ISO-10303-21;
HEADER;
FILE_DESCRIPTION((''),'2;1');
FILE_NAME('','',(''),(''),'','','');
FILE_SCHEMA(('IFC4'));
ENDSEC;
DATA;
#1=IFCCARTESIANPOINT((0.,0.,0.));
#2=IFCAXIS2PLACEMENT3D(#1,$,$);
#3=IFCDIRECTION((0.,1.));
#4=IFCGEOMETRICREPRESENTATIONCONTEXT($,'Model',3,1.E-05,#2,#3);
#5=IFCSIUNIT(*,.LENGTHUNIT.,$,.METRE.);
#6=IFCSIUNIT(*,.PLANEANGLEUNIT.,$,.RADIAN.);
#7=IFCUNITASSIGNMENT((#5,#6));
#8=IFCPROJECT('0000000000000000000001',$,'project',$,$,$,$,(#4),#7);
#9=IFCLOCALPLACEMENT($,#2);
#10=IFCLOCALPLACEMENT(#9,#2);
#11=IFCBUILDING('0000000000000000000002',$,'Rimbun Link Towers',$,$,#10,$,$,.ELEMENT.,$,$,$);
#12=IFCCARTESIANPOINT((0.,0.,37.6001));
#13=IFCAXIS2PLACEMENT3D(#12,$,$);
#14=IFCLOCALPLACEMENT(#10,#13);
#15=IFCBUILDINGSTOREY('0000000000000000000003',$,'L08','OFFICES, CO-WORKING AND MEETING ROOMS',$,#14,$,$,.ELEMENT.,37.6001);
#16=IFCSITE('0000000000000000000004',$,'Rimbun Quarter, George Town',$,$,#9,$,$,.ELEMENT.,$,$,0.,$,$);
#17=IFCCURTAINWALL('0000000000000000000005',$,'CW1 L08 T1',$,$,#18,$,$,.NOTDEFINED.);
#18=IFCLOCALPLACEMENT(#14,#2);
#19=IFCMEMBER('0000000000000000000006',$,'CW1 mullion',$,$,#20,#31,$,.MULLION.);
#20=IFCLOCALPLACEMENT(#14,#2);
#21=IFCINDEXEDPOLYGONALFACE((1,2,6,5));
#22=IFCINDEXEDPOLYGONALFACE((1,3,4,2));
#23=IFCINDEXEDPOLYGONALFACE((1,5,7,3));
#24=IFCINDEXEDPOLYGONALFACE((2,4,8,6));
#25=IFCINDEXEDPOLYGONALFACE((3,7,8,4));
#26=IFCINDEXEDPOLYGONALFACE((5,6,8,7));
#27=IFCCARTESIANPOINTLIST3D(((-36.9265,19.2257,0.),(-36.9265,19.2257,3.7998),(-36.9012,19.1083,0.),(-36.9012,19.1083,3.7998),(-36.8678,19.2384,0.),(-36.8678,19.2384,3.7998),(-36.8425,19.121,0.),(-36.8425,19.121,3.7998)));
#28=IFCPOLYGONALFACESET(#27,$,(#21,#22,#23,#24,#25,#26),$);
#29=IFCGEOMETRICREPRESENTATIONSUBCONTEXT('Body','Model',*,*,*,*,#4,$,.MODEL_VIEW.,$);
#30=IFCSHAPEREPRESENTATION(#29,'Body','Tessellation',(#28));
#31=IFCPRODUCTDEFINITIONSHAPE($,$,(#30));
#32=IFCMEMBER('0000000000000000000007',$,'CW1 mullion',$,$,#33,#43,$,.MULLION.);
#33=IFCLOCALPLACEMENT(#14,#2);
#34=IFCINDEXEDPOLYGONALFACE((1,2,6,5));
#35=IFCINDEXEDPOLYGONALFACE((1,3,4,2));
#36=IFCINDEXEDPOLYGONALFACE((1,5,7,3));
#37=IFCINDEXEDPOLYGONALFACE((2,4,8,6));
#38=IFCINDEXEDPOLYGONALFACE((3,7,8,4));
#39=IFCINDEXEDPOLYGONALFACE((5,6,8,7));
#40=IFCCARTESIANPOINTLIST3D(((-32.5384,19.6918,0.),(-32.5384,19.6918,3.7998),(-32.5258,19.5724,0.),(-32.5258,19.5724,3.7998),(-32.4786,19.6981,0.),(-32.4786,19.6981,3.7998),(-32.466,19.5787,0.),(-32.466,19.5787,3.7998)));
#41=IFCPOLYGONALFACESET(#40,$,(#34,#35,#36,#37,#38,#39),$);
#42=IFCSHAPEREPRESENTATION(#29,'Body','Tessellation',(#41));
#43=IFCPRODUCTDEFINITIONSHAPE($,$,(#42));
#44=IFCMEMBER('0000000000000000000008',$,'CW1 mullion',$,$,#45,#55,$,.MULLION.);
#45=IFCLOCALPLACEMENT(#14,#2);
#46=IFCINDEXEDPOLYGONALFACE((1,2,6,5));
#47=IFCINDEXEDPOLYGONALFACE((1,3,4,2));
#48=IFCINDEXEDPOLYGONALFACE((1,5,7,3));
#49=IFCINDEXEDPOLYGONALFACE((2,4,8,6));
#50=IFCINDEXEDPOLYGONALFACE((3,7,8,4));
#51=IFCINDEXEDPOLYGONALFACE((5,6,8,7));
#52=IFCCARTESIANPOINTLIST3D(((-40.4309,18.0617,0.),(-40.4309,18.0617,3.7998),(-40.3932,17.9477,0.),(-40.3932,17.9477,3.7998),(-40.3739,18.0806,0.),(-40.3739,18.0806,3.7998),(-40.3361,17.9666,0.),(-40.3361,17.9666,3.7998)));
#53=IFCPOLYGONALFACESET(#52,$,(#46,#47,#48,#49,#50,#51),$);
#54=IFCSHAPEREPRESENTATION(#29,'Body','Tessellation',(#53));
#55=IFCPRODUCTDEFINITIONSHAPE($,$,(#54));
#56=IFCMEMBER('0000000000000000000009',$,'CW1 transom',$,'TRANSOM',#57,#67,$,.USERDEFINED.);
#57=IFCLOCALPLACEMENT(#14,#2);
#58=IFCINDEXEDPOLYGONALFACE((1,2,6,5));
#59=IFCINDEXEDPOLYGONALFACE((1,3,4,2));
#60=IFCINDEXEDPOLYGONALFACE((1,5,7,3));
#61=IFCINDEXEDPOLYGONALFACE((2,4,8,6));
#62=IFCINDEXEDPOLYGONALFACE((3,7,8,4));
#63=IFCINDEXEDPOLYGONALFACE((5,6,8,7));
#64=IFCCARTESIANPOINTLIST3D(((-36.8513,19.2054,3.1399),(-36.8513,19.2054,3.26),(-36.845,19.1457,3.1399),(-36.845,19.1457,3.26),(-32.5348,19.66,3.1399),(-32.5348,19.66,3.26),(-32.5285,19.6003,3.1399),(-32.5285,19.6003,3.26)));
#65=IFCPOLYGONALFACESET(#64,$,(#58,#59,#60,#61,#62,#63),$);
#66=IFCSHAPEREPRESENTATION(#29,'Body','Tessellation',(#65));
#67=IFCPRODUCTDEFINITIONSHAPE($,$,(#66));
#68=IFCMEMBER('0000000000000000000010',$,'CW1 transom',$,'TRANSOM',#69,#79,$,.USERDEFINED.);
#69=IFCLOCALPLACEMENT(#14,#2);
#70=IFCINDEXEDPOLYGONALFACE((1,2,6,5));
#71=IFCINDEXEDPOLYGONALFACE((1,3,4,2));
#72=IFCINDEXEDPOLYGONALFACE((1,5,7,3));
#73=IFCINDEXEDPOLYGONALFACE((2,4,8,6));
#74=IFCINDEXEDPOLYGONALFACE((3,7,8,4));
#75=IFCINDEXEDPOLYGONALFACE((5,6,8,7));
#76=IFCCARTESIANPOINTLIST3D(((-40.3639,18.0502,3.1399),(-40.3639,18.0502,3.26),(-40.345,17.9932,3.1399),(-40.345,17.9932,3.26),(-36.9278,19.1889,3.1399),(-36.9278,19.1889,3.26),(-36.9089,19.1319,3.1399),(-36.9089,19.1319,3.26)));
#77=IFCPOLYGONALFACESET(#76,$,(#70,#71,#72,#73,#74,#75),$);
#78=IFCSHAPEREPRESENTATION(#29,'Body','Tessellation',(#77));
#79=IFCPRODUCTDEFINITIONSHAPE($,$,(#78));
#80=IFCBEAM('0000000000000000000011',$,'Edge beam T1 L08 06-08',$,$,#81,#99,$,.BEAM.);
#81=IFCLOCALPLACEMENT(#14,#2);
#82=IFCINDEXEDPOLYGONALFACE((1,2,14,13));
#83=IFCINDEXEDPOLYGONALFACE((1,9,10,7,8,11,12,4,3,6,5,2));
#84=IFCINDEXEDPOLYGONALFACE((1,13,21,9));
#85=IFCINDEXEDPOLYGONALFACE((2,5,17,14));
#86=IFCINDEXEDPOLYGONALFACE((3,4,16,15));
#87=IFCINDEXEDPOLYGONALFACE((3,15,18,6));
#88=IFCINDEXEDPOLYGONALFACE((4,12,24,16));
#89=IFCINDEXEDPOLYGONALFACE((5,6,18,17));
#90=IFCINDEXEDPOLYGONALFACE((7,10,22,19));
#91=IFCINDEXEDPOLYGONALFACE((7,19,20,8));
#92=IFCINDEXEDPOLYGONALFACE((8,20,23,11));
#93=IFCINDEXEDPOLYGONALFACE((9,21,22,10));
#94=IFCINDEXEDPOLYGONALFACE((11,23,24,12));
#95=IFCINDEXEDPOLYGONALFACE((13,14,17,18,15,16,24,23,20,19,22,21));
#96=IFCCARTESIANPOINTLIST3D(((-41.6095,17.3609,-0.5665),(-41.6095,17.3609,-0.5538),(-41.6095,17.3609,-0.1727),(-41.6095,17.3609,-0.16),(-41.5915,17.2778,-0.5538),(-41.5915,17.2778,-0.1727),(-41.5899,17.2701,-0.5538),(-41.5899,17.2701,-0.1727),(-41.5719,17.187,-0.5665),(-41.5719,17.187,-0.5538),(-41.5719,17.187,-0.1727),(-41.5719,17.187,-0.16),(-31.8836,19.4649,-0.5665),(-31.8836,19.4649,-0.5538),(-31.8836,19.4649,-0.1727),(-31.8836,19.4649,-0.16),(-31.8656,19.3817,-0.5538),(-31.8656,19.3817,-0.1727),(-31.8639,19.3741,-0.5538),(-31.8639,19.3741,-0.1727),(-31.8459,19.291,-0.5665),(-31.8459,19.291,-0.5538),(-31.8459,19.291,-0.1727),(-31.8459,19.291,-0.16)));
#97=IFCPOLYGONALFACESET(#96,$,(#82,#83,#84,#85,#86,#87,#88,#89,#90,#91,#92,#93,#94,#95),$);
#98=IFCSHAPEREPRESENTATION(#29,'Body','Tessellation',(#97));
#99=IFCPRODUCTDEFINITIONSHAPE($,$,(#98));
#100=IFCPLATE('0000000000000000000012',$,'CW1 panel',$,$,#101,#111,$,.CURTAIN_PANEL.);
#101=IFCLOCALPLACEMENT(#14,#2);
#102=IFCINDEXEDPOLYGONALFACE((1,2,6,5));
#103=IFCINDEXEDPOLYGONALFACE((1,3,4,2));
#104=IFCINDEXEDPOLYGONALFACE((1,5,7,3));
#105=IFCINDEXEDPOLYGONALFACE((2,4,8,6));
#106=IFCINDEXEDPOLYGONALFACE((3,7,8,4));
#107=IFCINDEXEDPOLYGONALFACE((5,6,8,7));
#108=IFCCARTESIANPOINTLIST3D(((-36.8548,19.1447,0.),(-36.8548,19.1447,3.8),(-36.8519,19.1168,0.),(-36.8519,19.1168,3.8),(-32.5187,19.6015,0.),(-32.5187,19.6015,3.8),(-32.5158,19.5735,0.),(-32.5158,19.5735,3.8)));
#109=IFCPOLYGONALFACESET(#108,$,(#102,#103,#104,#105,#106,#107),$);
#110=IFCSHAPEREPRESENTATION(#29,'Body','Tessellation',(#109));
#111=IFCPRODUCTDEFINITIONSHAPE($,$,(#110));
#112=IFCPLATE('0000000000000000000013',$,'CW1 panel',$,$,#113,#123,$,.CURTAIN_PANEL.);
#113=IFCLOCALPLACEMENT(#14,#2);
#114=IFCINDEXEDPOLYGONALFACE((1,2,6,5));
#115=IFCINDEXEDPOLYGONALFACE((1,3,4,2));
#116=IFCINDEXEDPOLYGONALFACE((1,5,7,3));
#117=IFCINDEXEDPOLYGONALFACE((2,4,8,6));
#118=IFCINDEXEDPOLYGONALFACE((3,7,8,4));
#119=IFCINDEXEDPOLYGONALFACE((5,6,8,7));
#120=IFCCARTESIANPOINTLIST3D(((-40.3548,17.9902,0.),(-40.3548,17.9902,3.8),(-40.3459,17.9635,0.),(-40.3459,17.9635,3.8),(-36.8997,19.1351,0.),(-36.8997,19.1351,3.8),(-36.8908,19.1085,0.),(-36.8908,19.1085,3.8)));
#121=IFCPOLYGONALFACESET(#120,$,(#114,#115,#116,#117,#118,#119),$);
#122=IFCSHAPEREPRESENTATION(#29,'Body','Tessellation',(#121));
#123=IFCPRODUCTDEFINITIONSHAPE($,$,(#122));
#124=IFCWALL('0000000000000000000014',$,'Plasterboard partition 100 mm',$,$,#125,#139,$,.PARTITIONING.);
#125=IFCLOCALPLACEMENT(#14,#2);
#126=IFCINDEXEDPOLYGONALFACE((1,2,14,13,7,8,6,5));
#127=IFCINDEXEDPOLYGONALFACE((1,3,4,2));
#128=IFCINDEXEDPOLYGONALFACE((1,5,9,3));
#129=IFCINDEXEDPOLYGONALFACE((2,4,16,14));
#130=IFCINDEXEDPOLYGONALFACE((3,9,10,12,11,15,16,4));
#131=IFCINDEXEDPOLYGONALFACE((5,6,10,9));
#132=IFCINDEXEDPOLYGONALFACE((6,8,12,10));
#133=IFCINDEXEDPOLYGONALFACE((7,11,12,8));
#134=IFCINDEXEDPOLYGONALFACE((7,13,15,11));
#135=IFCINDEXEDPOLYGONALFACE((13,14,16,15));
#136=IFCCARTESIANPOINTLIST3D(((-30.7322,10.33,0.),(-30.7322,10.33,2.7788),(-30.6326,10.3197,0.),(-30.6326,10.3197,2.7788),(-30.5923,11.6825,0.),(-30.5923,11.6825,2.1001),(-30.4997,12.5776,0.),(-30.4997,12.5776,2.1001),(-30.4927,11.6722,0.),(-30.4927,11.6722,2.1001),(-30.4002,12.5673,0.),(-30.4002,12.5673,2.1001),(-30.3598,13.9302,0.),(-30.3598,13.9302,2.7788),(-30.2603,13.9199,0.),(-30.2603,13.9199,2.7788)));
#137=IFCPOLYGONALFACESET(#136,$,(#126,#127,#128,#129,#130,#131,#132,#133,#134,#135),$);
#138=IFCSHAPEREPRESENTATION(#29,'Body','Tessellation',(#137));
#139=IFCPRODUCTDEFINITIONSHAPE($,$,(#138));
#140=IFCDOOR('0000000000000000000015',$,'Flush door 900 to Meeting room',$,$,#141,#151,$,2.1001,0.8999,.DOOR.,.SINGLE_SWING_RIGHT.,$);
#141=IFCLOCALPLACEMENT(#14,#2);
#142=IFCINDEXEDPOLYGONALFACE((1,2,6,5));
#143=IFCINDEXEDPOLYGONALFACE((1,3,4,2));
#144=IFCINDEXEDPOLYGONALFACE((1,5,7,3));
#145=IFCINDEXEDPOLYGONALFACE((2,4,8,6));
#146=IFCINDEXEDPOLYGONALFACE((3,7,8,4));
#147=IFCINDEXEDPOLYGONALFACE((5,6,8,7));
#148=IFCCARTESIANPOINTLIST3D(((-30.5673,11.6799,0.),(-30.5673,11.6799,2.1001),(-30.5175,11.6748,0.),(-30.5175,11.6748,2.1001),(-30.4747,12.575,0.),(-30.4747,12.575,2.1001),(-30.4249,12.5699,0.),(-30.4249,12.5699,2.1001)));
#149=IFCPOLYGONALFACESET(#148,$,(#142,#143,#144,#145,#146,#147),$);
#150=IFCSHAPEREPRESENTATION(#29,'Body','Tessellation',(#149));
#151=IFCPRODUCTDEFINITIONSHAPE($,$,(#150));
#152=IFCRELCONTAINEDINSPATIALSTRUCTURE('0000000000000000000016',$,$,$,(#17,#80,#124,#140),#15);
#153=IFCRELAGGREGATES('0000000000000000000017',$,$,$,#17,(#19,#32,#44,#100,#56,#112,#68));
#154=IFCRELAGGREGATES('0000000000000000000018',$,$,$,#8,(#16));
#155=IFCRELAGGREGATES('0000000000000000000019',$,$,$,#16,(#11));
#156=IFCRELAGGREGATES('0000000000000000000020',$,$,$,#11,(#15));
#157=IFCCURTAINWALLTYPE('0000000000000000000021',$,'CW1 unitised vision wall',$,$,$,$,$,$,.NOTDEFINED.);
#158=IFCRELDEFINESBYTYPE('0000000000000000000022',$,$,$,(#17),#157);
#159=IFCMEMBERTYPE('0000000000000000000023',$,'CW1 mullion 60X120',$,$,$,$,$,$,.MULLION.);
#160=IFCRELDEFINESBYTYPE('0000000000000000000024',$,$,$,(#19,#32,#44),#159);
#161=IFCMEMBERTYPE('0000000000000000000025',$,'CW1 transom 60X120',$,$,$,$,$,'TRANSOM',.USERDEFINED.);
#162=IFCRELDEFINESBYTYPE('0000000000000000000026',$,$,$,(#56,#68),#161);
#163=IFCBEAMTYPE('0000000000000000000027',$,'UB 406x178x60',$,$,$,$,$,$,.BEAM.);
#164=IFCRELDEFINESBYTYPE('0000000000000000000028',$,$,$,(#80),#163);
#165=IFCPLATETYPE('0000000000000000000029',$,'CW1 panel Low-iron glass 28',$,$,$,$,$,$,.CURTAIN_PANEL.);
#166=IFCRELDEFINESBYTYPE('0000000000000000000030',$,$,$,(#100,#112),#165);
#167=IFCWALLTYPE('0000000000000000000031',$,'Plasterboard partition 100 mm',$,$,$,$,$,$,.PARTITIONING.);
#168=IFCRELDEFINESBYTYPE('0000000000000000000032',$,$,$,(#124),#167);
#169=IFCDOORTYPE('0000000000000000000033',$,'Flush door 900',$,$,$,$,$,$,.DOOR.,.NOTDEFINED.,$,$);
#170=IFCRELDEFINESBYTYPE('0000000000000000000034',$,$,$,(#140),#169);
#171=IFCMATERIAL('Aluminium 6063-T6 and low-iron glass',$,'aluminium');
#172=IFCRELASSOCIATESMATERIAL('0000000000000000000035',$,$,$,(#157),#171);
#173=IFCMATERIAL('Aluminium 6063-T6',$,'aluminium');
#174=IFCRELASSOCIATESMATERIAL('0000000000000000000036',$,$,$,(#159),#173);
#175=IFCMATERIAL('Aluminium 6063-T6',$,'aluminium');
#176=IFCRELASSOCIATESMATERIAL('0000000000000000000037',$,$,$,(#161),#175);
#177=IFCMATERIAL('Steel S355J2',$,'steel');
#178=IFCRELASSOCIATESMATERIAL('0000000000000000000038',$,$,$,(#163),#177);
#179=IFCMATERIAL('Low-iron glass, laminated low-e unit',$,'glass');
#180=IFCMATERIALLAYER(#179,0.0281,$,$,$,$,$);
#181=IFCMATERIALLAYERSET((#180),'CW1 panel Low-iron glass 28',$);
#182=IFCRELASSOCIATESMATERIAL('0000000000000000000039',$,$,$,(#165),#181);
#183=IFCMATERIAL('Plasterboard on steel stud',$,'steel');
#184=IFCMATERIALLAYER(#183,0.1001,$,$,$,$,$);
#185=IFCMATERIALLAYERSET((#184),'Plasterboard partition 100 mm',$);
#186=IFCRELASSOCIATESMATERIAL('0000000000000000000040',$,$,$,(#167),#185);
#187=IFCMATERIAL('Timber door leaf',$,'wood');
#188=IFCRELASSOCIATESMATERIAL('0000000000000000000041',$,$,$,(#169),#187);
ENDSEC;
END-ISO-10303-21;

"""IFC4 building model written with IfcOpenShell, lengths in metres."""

from ifc_helpers import new_model, si_unit, direction, frame, frame_2d, origin, origin_2d, place, context, subcontext, project, spatial, rectangle, i_section, extrude, material, layer, layer_set, material_profile, profile_set, type_object, element, fill, aggregate, save


model = new_model("IFC4")

# Units and contexts
model_context = context("Model", 3, precision=1e-05, world=origin(), true_north=direction((0.0, 1.0)))
body_context = subcontext(model_context, "Body", "Model", "MODEL_VIEW")
ifc_project = project(units=[si_unit("LENGTHUNIT", "METRE"), si_unit("PLANEANGLEUNIT", "RADIAN")], contexts=[model_context])

# Site, building, storey
site_placement = place(None, origin())
site = spatial("IfcSite", under=ifc_project, at=site_placement, Name="Rimbun Quarter, George Town", CompositionType="ELEMENT", RefElevation=0.0)
building_placement = place(site_placement, origin())
building = spatial("IfcBuilding", under=site, at=building_placement, Name="Rimbun Link Towers", CompositionType="ELEMENT")
storey_placement = place(building_placement, frame((0.0, 0.0, 37.6001)))
storey = spatial("IfcBuildingStorey", under=building, at=storey_placement, Name="L08", Description="OFFICES, CO-WORKING AND MEETING ROOMS", CompositionType="ELEMENT", Elevation=37.6001)

# Curtain wall, members
ifc_material_1 = material(Name="Aluminium 6063-T6 and low-iron glass", Category="aluminium")
curtain_wall_type = type_object("IfcCurtainWallType", Name="CW1 unitised vision wall", PredefinedType="NOTDEFINED", material=ifc_material_1)
curtain_wall_placement = place(storey_placement, origin())
curtain_wall = element("IfcCurtainWall", 1, at=curtain_wall_placement, inside=storey, type_object=curtain_wall_type, Name="CW1 L08 T1", PredefinedType="NOTDEFINED")
ifc_material_2 = material(Name="Aluminium 6063-T6", Category="aluminium")
ifc_material_profile_1 = material_profile(ifc_material_2, rectangle(XDim=0.1201, YDim=0.0601, at=origin_2d()), Name="MULLION 60X120")
ifc_profile_set_1 = profile_set([ifc_material_profile_1], Name="Aluminium 6063-T6")
member_type_1 = type_object("IfcMemberType", Name="CW1 mullion 60X120", PredefinedType="MULLION", material=ifc_profile_set_1)
member_1_placement = place(storey_placement, frame((-36.8845, 19.1733, 0.0), z_axis=(0.0, 0.0, 1.0), x_axis=(-0.210877, 0.977513, 0.0)))
member_1 = element("IfcMember", 2, at=member_1_placement, type_object=member_type_1, Name="CW1 mullion", PredefinedType="MULLION", context=body_context, shape_type="SweptSolid", body=[
    extrude(rectangle(XDim=0.1201, YDim=0.0601, at=origin_2d()), origin(), (0.0, 0.0, 1.0), 3.7998),
])
member_2_placement = place(storey_placement, frame((-32.5022, 19.6353, 0.0), z_axis=(0.0, 0.0, 1.0), x_axis=(-0.104755, 0.994498, 0.0)))
member_2 = element("IfcMember", 3, at=member_2_placement, type_object=member_type_1, Name="CW1 mullion", PredefinedType="MULLION", context=body_context, shape_type="SweptSolid", body=[
    extrude(rectangle(XDim=0.1201, YDim=0.0601, at=origin_2d()), origin(), (0.0, 0.0, 1.0), 3.7998),
])
member_3_placement = place(storey_placement, frame((-40.3835, 18.0142, 0.0), z_axis=(0.0, 0.0, 1.0), x_axis=(-0.314564, 0.949236, 0.0)))
member_3 = element("IfcMember", 4, at=member_3_placement, type_object=member_type_1, Name="CW1 mullion", PredefinedType="MULLION", context=body_context, shape_type="SweptSolid", body=[
    extrude(rectangle(XDim=0.1201, YDim=0.0601, at=origin_2d()), origin(), (0.0, 0.0, 1.0), 3.7998),
])
ifc_material_3 = material(Name="Aluminium 6063-T6", Category="aluminium")
ifc_material_profile_2 = material_profile(ifc_material_3, rectangle(XDim=0.0601, YDim=0.1201, at=origin_2d()), Name="TRANSOM 60X120")
ifc_profile_set_2 = profile_set([ifc_material_profile_2], Name="Aluminium 6063-T6")
member_type_2 = type_object("IfcMemberType", Name="CW1 transom 60X120", ElementType="TRANSOM", PredefinedType="USERDEFINED", material=ifc_profile_set_2)
member_4_placement = place(storey_placement, frame((-36.8481, 19.1755, 3.2), z_axis=(0.9945, 0.104737, 0.0), x_axis=(-0.104737, 0.9945, 0.0)))
member_4 = element("IfcMember", 5, at=member_4_placement, type_object=member_type_2, Name="CW1 transom", ObjectType="TRANSOM", PredefinedType="USERDEFINED", context=body_context, shape_type="SweptSolid", body=[
    extrude(rectangle(XDim=0.0601, YDim=0.1201, at=origin_2d()), origin(), (0.0, 0.0, 1.0), 4.3403),
])
member_5_placement = place(storey_placement, frame((-40.3545, 18.0217, 3.2), z_axis=(0.949235, 0.314568, 0.0), x_axis=(-0.314568, 0.949235, 0.0)))
member_5 = element("IfcMember", 6, at=member_5_placement, type_object=member_type_2, Name="CW1 transom", ObjectType="TRANSOM", PredefinedType="USERDEFINED", context=body_context, shape_type="SweptSolid", body=[
    extrude(rectangle(XDim=0.0601, YDim=0.1201, at=origin_2d()), origin(), (0.0, 0.0, 1.0), 3.6199),
])

# Beam
ifc_material_4 = material(Name="Steel S355J2", Category="steel")
ifc_material_profile_3 = material_profile(ifc_material_4, i_section(OverallWidth=0.178, OverallDepth=0.4065, WebThickness=0.0078, FlangeThickness=0.0127, at=origin_2d()), Name="UB 406x178x60")
ifc_profile_set_3 = profile_set([ifc_material_profile_3], Name="Steel S355J2")
beam_type = type_object("IfcBeamType", Name="UB 406x178x60", PredefinedType="BEAM", material=ifc_profile_set_3)
beam_placement = place(storey_placement, frame((-31.8647, 19.3779, -0.3633), z_axis=(-0.977392, -0.211435, 0.0), x_axis=(0.211435, -0.977392, 0.0)))
element("IfcBeam", 7, at=beam_placement, inside=storey, type_object=beam_type, Name="Edge beam T1 L08 06-08", PredefinedType="BEAM", context=body_context, shape_type="SweptSolid", body=[
    extrude(i_section(OverallWidth=0.178, OverallDepth=0.4065, WebThickness=0.0078, FlangeThickness=0.0127, at=origin_2d()), origin(), (0.0, 0.0, 1.0), 9.9509),
])

# Plates
ifc_material_5 = material(Name="Low-iron glass, laminated low-e unit", Category="glass")
ifc_layer_1 = layer(ifc_material_5, 0.0281)
ifc_layer_set_1 = layer_set([ifc_layer_1], Name="CW1 panel Low-iron glass 28")
plate_type = type_object("IfcPlateType", Name="CW1 panel Low-iron glass 28", PredefinedType="CURTAIN_PANEL", material=ifc_layer_set_1)
plate_1_placement = place(storey_placement, frame((-34.6853, 19.3591, 0.0), z_axis=(0.0, 0.0, 1.0), x_axis=(0.994498, 0.104755, 0.0)))
plate_1 = element("IfcPlate", 8, at=plate_1_placement, type_object=plate_type, Name="CW1 panel", PredefinedType="CURTAIN_PANEL", context=body_context, shape_type="SweptSolid", body=[
    extrude(rectangle(XDim=4.3601, YDim=0.0281, at=origin_2d()), origin(), (0.0, 0.0, 1.0), 3.8),
])
plate_2_placement = place(storey_placement, frame((-38.6228, 18.5493, 0.0), z_axis=(0.0, 0.0, 1.0), x_axis=(0.949236, 0.314564, 0.0)))
plate_2 = element("IfcPlate", 9, at=plate_2_placement, type_object=plate_type, Name="CW1 panel", PredefinedType="CURTAIN_PANEL", context=body_context, shape_type="SweptSolid", body=[
    extrude(rectangle(XDim=3.6399, YDim=0.0281, at=origin_2d()), origin(), (0.0, 0.0, 1.0), 3.8),
])
aggregate(curtain_wall, [member_1, member_2, member_3, plate_1, member_4, plate_2, member_5])

# Wall, opening, door
ifc_material_6 = material(Name="Plasterboard on steel stud", Category="steel")
ifc_layer_2 = layer(ifc_material_6, 0.1001)
ifc_layer_set_2 = layer_set([ifc_layer_2], Name="Plasterboard partition 100 mm")
wall_type = type_object("IfcWallType", Name="Plasterboard partition 100 mm", PredefinedType="PARTITIONING", material=ifc_layer_set_2)
wall_1_placement = place(storey_placement, frame((-30.6824, 10.325, 0.0), z_axis=(0.0, 0.0, 1.0), x_axis=(0.102869, 0.994695, 0.0)))
wall_1 = element("IfcWall", 10, at=wall_1_placement, inside=storey, type_object=wall_type, Name="Plasterboard partition 100 mm", PredefinedType="PARTITIONING", context=body_context, shape_type="SweptSolid", body=[
    extrude(rectangle(XDim=3.6194, YDim=0.1001, at=frame_2d((1.8096, 0.0))), origin(), (0.0, 0.0, 1.0), 2.7788),
])
opening_1_placement = place(wall_1_placement, frame((1.3596, 0.0, 0.0)))
opening_1 = element("IfcOpeningElement", 11, at=opening_1_placement, cuts=wall_1, PredefinedType="OPENING", context=body_context, shape_type="SweptSolid", body=[
    extrude(rectangle(XDim=0.8999, YDim=2.1001, at=frame_2d((0.45, 1.05))), frame((0.0, 0.0601, 0.0), z_axis=(0.0, -1.0, 0.0), x_axis=(1.0, 0.0, 0.0)), (0.0, 0.0, 1.0), 0.1201),
])
ifc_material_7 = material(Name="Timber door leaf", Category="wood")
door_type_1 = type_object("IfcDoorType", Name="Flush door 900", OperationType="NOTDEFINED", PredefinedType="DOOR", material=ifc_material_7)
door_1_placement = place(opening_1_placement, origin())
door_1 = element("IfcDoor", 12, at=door_1_placement, inside=storey, type_object=door_type_1, Name="Flush door 900 to Meeting room", OperationType="SINGLE_SWING_RIGHT", OverallHeight=2.1001, OverallWidth=0.8999, PredefinedType="DOOR", context=body_context, shape_type="SweptSolid", body=[
    extrude(rectangle(XDim=0.8999, YDim=2.1001, at=frame_2d((0.45, 1.05))), frame((0.0, 0.0249, 0.0), z_axis=(0.0, -1.0, 0.0), x_axis=(1.0, 0.0, 0.0)), (0.0, 0.0, 1.0), 0.05),
])
fill(opening_1, door_1)

save(model, "model.ifc")
